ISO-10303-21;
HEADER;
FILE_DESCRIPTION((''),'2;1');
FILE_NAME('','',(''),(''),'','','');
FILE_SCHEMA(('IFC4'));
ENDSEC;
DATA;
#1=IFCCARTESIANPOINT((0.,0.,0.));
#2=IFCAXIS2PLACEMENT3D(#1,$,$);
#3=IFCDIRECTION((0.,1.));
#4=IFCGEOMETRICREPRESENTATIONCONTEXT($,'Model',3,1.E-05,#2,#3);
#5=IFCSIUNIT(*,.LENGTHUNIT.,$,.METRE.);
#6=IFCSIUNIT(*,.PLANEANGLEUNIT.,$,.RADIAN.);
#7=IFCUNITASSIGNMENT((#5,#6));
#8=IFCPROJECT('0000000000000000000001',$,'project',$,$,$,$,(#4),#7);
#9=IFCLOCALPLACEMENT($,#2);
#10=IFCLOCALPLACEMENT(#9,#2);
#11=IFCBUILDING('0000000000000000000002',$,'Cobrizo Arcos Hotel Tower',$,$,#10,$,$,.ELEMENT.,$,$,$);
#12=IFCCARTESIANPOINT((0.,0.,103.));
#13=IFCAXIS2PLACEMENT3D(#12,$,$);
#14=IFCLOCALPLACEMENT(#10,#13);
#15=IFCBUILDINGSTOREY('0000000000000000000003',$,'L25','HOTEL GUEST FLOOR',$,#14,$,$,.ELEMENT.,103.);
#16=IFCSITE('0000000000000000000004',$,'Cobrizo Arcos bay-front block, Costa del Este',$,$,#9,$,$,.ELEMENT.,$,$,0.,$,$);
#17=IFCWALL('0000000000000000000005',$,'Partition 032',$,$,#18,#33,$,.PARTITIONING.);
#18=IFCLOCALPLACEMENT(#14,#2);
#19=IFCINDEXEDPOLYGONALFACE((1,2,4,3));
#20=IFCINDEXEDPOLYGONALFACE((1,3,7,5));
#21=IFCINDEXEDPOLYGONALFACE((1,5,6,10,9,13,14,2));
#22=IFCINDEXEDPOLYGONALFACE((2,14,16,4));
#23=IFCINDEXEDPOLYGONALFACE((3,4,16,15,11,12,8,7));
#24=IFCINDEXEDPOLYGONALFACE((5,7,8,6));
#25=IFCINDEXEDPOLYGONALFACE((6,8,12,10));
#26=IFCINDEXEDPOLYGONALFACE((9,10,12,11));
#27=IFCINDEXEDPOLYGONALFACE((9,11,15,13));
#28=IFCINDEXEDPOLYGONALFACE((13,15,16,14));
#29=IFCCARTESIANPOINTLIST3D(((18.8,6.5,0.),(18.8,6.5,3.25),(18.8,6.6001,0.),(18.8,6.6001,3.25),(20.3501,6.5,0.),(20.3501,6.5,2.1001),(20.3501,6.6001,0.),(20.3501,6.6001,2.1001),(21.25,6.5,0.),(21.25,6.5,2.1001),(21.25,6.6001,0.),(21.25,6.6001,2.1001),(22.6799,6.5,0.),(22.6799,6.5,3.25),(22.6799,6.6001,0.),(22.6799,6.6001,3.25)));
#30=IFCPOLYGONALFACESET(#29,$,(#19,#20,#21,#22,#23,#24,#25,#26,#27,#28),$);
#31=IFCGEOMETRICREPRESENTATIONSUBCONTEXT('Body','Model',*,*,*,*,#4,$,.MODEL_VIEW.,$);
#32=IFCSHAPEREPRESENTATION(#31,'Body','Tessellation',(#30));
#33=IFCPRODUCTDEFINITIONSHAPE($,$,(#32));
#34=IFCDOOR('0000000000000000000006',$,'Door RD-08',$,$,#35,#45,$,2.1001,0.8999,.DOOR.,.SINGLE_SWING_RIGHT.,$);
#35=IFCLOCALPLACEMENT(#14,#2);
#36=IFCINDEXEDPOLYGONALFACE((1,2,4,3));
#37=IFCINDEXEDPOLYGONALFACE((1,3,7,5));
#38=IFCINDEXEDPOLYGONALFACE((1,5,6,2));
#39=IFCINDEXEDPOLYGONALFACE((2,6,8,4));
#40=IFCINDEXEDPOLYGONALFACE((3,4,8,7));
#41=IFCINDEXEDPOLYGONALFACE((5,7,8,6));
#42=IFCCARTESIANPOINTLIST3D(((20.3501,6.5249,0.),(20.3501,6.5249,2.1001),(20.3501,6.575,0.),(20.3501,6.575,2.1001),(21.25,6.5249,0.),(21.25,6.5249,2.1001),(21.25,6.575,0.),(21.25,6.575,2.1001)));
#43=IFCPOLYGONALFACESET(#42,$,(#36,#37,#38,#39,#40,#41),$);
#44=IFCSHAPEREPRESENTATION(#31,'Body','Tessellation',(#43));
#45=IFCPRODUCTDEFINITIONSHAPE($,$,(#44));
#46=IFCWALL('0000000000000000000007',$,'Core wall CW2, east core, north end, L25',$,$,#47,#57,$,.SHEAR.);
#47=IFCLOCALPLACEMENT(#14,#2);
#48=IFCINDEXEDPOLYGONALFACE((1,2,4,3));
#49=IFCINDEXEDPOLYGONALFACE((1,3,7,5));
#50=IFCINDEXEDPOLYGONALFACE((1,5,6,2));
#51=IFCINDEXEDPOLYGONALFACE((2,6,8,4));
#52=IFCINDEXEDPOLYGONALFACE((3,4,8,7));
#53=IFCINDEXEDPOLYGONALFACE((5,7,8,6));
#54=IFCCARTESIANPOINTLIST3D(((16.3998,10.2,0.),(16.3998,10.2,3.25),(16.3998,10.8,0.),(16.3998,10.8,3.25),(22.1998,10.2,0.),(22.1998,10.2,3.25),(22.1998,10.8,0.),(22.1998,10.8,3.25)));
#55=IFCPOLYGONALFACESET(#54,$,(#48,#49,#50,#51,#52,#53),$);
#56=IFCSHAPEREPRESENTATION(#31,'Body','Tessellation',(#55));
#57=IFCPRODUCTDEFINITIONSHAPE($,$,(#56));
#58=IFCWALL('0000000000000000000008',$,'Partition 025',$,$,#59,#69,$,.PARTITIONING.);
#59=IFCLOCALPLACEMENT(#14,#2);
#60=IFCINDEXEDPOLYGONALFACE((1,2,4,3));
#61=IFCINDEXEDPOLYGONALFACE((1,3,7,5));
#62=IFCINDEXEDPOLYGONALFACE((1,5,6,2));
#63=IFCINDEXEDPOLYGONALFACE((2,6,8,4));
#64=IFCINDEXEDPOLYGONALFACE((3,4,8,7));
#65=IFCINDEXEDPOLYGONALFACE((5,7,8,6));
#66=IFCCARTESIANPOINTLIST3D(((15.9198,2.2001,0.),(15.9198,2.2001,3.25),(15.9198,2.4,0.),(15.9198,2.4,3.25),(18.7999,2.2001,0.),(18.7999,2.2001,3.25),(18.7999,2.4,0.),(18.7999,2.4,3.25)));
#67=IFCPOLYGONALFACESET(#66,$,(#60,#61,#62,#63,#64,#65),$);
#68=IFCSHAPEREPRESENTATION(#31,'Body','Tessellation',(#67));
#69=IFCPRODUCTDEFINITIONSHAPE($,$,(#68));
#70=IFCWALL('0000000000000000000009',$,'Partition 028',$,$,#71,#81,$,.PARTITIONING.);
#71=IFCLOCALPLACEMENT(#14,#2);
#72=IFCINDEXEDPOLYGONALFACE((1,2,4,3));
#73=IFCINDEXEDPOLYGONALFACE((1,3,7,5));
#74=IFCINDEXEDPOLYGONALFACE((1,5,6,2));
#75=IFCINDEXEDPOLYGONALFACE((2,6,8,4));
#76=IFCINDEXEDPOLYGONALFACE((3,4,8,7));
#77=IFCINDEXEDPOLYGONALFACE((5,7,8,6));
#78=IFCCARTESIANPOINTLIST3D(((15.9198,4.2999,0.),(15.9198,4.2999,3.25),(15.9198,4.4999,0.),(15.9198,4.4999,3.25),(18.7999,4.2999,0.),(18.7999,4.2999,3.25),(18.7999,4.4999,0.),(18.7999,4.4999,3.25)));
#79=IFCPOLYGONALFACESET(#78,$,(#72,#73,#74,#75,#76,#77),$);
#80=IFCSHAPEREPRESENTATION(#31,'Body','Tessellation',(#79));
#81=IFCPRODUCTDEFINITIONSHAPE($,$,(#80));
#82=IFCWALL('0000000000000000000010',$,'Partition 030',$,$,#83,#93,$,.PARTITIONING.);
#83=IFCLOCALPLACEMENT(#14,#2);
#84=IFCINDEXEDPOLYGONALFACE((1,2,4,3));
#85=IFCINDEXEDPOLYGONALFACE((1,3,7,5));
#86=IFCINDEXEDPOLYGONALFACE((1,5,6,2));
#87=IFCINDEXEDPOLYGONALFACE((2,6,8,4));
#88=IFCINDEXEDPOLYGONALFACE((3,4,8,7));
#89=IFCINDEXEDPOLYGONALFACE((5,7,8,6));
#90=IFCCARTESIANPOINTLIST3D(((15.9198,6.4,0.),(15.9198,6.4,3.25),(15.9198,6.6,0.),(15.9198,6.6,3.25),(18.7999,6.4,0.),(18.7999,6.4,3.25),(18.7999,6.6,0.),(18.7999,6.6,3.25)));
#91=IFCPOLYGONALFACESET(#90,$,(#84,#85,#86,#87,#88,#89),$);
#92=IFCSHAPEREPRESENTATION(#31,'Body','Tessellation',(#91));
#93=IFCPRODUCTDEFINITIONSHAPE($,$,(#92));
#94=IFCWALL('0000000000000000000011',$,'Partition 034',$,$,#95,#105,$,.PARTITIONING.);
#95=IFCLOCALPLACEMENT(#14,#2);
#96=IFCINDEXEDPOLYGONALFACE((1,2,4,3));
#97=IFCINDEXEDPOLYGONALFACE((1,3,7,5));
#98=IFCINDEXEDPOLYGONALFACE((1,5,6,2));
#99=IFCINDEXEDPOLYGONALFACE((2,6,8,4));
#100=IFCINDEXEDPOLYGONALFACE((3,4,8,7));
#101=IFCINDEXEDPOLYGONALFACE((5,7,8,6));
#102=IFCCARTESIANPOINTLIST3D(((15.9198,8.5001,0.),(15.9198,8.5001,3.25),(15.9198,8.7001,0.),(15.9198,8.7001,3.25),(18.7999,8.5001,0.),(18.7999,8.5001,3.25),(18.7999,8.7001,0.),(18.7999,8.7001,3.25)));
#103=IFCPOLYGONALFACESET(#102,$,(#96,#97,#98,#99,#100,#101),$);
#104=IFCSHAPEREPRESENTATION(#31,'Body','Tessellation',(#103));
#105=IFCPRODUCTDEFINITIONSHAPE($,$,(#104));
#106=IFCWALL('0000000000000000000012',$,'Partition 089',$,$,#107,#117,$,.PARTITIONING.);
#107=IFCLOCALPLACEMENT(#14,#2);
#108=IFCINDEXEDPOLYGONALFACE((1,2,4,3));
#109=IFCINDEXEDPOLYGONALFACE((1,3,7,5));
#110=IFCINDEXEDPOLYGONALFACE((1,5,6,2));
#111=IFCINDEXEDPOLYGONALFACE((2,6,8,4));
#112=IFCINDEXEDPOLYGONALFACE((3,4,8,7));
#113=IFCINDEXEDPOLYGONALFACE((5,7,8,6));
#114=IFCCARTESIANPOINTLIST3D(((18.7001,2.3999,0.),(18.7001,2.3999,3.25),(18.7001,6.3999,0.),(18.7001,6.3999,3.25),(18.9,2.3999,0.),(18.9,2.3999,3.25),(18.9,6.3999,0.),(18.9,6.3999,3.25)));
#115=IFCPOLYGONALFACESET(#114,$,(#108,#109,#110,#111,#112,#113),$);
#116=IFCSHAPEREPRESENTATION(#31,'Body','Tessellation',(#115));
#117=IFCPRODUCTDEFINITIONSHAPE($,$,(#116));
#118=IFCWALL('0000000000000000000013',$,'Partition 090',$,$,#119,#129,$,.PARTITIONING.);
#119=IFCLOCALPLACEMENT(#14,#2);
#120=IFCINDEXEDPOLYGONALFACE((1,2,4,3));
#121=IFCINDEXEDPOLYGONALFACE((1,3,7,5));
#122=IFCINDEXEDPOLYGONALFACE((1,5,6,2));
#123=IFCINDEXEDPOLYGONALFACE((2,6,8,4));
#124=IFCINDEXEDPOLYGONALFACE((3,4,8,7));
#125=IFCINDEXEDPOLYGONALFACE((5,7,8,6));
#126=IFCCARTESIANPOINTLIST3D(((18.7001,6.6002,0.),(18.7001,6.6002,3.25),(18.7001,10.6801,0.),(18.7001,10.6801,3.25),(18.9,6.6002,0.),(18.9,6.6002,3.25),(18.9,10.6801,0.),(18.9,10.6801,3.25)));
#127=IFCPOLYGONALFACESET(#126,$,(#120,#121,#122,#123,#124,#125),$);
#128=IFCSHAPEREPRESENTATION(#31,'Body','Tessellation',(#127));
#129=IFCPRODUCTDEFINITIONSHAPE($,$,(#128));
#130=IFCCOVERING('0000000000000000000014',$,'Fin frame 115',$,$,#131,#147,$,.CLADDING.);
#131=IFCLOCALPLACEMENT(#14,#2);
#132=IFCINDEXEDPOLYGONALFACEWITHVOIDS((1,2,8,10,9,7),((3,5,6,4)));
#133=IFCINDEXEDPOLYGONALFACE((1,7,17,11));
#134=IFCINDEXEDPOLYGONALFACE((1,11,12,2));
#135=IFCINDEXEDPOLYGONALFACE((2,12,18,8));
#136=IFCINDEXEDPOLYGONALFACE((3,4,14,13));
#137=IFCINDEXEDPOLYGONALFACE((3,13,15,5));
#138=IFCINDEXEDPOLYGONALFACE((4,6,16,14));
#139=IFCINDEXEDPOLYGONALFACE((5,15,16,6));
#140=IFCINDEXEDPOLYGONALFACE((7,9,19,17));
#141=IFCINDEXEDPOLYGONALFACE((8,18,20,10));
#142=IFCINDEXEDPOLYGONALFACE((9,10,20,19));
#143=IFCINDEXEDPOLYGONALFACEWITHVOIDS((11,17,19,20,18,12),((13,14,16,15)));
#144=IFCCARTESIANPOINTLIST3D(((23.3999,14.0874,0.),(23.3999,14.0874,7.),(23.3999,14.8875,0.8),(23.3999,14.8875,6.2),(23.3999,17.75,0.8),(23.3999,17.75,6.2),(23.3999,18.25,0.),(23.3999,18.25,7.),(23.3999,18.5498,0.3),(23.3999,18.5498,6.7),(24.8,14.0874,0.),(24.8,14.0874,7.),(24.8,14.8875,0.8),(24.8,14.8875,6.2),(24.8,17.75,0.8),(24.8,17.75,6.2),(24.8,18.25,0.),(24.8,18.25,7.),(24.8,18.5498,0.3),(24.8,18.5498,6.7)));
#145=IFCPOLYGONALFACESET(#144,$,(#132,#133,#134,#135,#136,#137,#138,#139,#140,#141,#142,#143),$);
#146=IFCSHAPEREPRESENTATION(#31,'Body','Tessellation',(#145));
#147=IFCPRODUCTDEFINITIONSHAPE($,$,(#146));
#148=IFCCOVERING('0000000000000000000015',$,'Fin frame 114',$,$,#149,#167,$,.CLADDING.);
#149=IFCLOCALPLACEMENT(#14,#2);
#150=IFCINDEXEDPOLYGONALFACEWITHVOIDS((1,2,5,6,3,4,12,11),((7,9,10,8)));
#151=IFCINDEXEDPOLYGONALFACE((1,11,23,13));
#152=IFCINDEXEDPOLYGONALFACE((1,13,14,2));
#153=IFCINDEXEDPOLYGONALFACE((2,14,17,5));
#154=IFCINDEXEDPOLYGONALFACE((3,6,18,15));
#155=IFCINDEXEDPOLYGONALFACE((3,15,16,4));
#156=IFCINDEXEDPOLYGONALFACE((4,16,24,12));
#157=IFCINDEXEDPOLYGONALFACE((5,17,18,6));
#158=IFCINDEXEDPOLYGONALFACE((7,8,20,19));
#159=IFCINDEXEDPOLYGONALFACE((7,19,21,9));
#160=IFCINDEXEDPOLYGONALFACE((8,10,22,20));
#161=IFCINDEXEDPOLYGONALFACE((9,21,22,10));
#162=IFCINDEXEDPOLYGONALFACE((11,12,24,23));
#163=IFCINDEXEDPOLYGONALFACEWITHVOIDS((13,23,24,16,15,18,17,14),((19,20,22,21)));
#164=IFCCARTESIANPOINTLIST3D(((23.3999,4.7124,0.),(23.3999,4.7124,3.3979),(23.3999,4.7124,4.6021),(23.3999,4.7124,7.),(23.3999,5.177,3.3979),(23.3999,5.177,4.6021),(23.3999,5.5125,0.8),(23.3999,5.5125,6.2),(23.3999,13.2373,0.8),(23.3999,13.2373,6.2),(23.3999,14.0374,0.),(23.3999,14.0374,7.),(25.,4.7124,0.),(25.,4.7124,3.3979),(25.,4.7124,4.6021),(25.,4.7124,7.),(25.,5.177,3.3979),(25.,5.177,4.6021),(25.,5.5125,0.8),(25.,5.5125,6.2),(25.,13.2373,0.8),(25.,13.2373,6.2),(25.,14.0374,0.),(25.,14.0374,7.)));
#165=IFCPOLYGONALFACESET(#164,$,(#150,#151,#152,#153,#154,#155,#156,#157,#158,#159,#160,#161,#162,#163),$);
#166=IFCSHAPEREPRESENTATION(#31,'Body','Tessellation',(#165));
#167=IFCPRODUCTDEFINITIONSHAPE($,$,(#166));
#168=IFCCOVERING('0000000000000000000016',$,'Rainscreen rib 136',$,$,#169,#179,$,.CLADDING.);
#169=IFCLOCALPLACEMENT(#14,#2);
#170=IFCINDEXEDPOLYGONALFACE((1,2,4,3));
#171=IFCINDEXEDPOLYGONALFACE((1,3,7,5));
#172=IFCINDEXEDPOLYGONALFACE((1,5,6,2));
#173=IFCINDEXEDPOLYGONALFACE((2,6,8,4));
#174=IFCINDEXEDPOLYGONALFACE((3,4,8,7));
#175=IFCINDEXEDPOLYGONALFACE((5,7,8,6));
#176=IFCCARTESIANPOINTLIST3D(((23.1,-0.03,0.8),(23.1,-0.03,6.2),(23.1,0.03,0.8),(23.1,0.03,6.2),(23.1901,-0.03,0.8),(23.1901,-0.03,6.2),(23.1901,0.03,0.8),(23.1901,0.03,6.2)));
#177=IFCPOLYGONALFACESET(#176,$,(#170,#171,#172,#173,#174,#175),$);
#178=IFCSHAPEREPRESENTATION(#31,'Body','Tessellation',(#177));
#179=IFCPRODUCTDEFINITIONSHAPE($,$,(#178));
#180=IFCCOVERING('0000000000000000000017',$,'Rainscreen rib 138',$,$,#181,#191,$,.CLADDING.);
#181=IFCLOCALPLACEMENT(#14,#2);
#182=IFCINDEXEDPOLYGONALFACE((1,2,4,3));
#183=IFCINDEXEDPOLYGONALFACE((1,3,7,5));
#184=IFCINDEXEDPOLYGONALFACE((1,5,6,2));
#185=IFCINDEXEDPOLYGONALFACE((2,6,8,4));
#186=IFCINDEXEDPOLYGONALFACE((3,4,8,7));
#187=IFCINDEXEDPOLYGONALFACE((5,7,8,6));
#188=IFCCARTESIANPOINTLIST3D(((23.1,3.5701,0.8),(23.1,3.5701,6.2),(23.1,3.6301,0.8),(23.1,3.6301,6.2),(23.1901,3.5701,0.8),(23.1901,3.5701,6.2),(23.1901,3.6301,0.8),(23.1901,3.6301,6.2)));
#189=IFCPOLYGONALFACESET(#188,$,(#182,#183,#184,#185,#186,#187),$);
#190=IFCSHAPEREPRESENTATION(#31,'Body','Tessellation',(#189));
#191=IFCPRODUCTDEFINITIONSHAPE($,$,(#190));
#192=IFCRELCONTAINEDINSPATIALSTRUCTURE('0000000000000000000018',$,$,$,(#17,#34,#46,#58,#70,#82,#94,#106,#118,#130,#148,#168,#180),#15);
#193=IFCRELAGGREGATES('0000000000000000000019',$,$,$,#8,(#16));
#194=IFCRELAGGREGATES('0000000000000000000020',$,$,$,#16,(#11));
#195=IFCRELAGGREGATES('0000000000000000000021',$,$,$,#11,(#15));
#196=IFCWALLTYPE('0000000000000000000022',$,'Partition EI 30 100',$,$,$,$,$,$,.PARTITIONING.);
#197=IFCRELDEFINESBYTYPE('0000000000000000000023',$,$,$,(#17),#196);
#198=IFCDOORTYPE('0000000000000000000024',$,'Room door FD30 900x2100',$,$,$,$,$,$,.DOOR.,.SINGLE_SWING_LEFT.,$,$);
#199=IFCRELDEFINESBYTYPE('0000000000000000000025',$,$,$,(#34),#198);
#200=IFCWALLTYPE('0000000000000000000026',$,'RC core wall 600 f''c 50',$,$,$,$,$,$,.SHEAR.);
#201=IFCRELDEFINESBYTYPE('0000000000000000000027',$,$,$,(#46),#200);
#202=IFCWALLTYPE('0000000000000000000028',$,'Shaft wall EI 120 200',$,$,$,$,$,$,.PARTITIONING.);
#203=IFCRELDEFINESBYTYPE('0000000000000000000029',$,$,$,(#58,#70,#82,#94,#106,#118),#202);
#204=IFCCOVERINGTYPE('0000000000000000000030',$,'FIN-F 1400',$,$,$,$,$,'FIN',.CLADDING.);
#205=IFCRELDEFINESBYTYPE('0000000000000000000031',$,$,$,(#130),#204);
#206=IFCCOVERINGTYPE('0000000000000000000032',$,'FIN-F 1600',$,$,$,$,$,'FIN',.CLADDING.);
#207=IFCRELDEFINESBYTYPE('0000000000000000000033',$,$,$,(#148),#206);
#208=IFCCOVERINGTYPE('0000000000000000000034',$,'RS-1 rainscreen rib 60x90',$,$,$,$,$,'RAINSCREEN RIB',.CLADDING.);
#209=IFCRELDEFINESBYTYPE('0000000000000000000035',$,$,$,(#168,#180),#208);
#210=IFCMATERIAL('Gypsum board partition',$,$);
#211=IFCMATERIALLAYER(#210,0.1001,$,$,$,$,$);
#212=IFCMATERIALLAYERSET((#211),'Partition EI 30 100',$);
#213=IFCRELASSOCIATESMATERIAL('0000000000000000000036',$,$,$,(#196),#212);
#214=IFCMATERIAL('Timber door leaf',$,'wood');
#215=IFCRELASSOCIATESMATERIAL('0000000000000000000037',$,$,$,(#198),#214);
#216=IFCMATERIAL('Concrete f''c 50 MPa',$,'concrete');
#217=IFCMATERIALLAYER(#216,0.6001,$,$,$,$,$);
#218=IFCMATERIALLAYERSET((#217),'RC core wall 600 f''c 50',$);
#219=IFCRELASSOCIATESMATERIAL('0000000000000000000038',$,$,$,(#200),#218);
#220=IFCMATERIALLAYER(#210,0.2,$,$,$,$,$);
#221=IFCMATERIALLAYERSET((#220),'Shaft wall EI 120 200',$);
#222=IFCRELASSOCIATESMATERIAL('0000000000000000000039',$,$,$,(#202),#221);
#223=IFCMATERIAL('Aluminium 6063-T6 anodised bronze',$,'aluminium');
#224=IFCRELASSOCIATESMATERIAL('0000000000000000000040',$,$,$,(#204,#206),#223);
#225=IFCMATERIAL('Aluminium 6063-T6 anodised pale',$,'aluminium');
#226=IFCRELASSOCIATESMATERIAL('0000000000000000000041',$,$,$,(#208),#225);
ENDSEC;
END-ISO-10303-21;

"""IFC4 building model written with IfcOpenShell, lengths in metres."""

from ifc_helpers import new_model, si_unit, direction, frame, frame_2d, origin, origin_2d, place, context, subcontext, project, spatial, polyline, rectangle, outline, extrude, material, layer, layer_set, type_object, element, fill, save


model = new_model("IFC4")

# Units and contexts
model_context = context("Model", 3, precision=1e-05, world=origin(), true_north=direction((0.0, 1.0)))
body_context = subcontext(model_context, "Body", "Model", "MODEL_VIEW")
ifc_project = project(units=[si_unit("LENGTHUNIT", "METRE"), si_unit("PLANEANGLEUNIT", "RADIAN")], contexts=[model_context])

# Site, building, storey
site_placement = place(None, origin())
site = spatial("IfcSite", under=ifc_project, at=site_placement, Name="Cobrizo Arcos bay-front block, Costa del Este", CompositionType="ELEMENT", RefElevation=0.0)
building_placement = place(site_placement, origin())
building = spatial("IfcBuilding", under=site, at=building_placement, Name="Cobrizo Arcos Hotel Tower", CompositionType="ELEMENT")
storey_placement = place(building_placement, frame((0.0, 0.0, 103.0)))
storey = spatial("IfcBuildingStorey", under=building, at=storey_placement, Name="L25", Description="HOTEL GUEST FLOOR", CompositionType="ELEMENT", Elevation=103.0)

# Shared definitions
ifc_material_1 = material(Name="Aluminium 6063-T6 anodised bronze", Category="aluminium")

# Wall, opening, door
ifc_material_2 = material(Name="Gypsum board partition")
ifc_layer_1 = layer(ifc_material_2, 0.1001)
ifc_layer_set_1 = layer_set([ifc_layer_1], Name="Partition EI 30 100")
wall_type_1 = type_object("IfcWallType", Name="Partition EI 30 100", PredefinedType="PARTITIONING", material=ifc_layer_set_1)
ifc_material_3 = material(Name="Timber door leaf", Category="wood")
door_type = type_object("IfcDoorType", Name="Room door FD30 900x2100", OperationType="SINGLE_SWING_LEFT", PredefinedType="DOOR", material=ifc_material_3)
wall_1_placement = place(storey_placement, frame((18.8, 6.55, 0.0), z_axis=(0.0, 0.0, 1.0), x_axis=(1.0, 0.0, 0.0)))
wall_1 = element("IfcWall", 1, at=wall_1_placement, inside=storey, type_object=wall_type_1, Name="Partition 032", PredefinedType="PARTITIONING", context=body_context, shape_type="SweptSolid", body=[
    extrude(rectangle(XDim=3.8799, YDim=0.1001, at=frame_2d((1.9399, 0.0))), origin(), (0.0, 0.0, 1.0), 3.25),
])
opening_1_placement = place(wall_1_placement, frame((1.55, 0.0, 0.0)))
opening_1 = element("IfcOpeningElement", 2, at=opening_1_placement, cuts=wall_1, PredefinedType="OPENING", context=body_context, shape_type="SweptSolid", body=[
    extrude(rectangle(XDim=0.8999, YDim=2.1001, at=frame_2d((0.45, 1.05))), frame((0.0, 0.062, 0.0), z_axis=(0.0, -1.0, 0.0), x_axis=(1.0, 0.0, 0.0)), (0.0, 0.0, 1.0), 0.124),
])
door_1_placement = place(opening_1_placement, origin())
door_1 = element("IfcDoor", 3, at=door_1_placement, inside=storey, type_object=door_type, Name="Door RD-08", OperationType="SINGLE_SWING_RIGHT", OverallHeight=2.1001, OverallWidth=0.8999, PredefinedType="DOOR", context=body_context, shape_type="SweptSolid", body=[
    extrude(rectangle(XDim=0.8999, YDim=2.1001, at=frame_2d((0.45, 1.05))), frame((0.0, 0.0249, 0.0), z_axis=(0.0, -1.0, 0.0), x_axis=(1.0, 0.0, 0.0)), (0.0, 0.0, 1.0), 0.05),
])
fill(opening_1, door_1)

# Walls
ifc_material_4 = material(Name="Concrete f'c 50 MPa", Category="concrete")
ifc_layer_2 = layer(ifc_material_4, 0.6001)
ifc_layer_set_2 = layer_set([ifc_layer_2], Name="RC core wall 600 f'c 50")
wall_type_2 = type_object("IfcWallType", Name="RC core wall 600 f'c 50", PredefinedType="SHEAR", material=ifc_layer_set_2)
wall_2_placement = place(storey_placement, frame((16.3999, 10.5, 0.0), z_axis=(0.0, 0.0, 1.0), x_axis=(1.0, 0.0, 0.0)))
element("IfcWall", 4, at=wall_2_placement, inside=storey, type_object=wall_type_2, Name="Core wall CW2, east core, north end, L25", PredefinedType="SHEAR", context=body_context, shape_type="SweptSolid", body=[
    extrude(rectangle(XDim=5.8, YDim=0.6001, at=frame_2d((2.8999, 0.0))), origin(), (0.0, 0.0, 1.0), 3.25),
])
ifc_layer_3 = layer(ifc_material_2, 0.2)
ifc_layer_set_3 = layer_set([ifc_layer_3], Name="Shaft wall EI 120 200")
wall_type_3 = type_object("IfcWallType", Name="Shaft wall EI 120 200", PredefinedType="PARTITIONING", material=ifc_layer_set_3)
for number, where, z_axis, x_axis, name in (
    (5, (15.9199, 2.3, 0.0), (0.0, 0.0, 1.0), (1.0, 0.0, 0.0), "Partition 025"),
    (6, (15.9199, 4.3999, 0.0), (0.0, 0.0, 1.0), (1.0, 0.0, 0.0), "Partition 028"),
    (7, (15.9199, 6.5, 0.0), (0.0, 0.0, 1.0), (1.0, 0.0, 0.0), "Partition 030"),
    (8, (15.9199, 8.6001, 0.0), (0.0, 0.0, 1.0), (1.0, 0.0, 0.0), "Partition 034"),
):
    element("IfcWall", number, at=place(storey_placement, frame(where, z_axis=z_axis, x_axis=x_axis)), inside=storey, type_object=wall_type_3, Name=name, PredefinedType="PARTITIONING", context=body_context, shape_type="SweptSolid", body=[
        extrude(rectangle(XDim=2.8801, YDim=0.2, at=frame_2d((1.4399, 0.0))), origin(), (0.0, 0.0, 1.0), 3.25),
    ])
wall_3_placement = place(storey_placement, frame((18.8, 2.3999, 0.0), z_axis=(0.0, 0.0, 1.0), x_axis=(0.0, 1.0, 0.0)))
element("IfcWall", 9, at=wall_3_placement, inside=storey, type_object=wall_type_3, Name="Partition 089", PredefinedType="PARTITIONING", context=body_context, shape_type="SweptSolid", body=[
    extrude(rectangle(XDim=4.0, YDim=0.2, at=frame_2d((2.0, 0.0))), origin(), (0.0, 0.0, 1.0), 3.25),
])
wall_4_placement = place(storey_placement, frame((18.8, 6.6001, 0.0), z_axis=(0.0, 0.0, 1.0), x_axis=(0.0, 1.0, 0.0)))
element("IfcWall", 10, at=wall_4_placement, inside=storey, type_object=wall_type_3, Name="Partition 090", PredefinedType="PARTITIONING", context=body_context, shape_type="SweptSolid", body=[
    extrude(rectangle(XDim=4.0798, YDim=0.2, at=frame_2d((2.04, 0.0))), origin(), (0.0, 0.0, 1.0), 3.25),
])

# Coverings
covering_type_1 = type_object("IfcCoveringType", Name="FIN-F 1400", ElementType="FIN", PredefinedType="CLADDING", material=ifc_material_1)
covering_1_placement = place(storey_placement, frame((23.3999, 14.0874, 0.0), z_axis=(1.0, 0.0, 0.0), x_axis=(0.0, 1.0, 0.0)))
element("IfcCovering", 11, at=covering_1_placement, inside=storey, type_object=covering_type_1, Name="Fin frame 115", PredefinedType="CLADDING", context=body_context, shape_type="SweptSolid", body=[
    extrude(outline(polyline([(0.0, 7.0), (0.0, 0.0), (4.1626, 0.0), (4.4624, 0.3), (4.4624, 6.7), (4.1626, 7.0), (0.0, 7.0)]), holes=[polyline([(3.6626, 0.8), (0.8, 0.8), (0.8, 6.2), (3.6626, 6.2), (3.6626, 0.8)])]), origin(), (0.0, 0.0, 1.0), 1.4001),
])
covering_type_2 = type_object("IfcCoveringType", Name="FIN-F 1600", ElementType="FIN", PredefinedType="CLADDING", material=ifc_material_1)
covering_2_placement = place(storey_placement, frame((23.3999, 4.7124, 0.0), z_axis=(1.0, 0.0, 0.0), x_axis=(0.0, 1.0, 0.0)))
element("IfcCovering", 12, at=covering_2_placement, inside=storey, type_object=covering_type_2, Name="Fin frame 114", PredefinedType="CLADDING", context=body_context, shape_type="SweptSolid", body=[
    extrude(outline(polyline([(0.0, 7.0), (0.0, 4.6021), (0.4646, 4.6021), (0.4646, 3.3979), (0.0, 3.3979), (0.0, 0.0), (9.325, 0.0), (9.325, 7.0), (0.0, 7.0)]), holes=[polyline([(8.5249, 0.8), (0.8, 0.8), (0.8, 6.2), (8.5249, 6.2), (8.5249, 0.8)])]), origin(), (0.0, 0.0, 1.0), 1.6001),
])
ifc_material_5 = material(Name="Aluminium 6063-T6 anodised pale", Category="aluminium")
covering_type_3 = type_object("IfcCoveringType", Name="RS-1 rainscreen rib 60x90", ElementType="RAINSCREEN RIB", PredefinedType="CLADDING", material=ifc_material_5)
for number, where, z_axis, x_axis, name in (
    (13, (23.145, 0.0, 0.8), (0.0, 0.0, 1.0), (0.0, 1.0, 0.0), "Rainscreen rib 136"),
    (14, (23.145, 3.6001, 0.8), (0.0, 0.0, 1.0), (0.0, 1.0, 0.0), "Rainscreen rib 138"),
):
    element("IfcCovering", number, at=place(storey_placement, frame(where, z_axis=z_axis, x_axis=x_axis)), inside=storey, type_object=covering_type_3, Name=name, PredefinedType="CLADDING", context=body_context, shape_type="SweptSolid", body=[
        extrude(rectangle(XDim=0.0601, YDim=0.0901, at=origin_2d()), origin(), (0.0, 0.0, 1.0), 5.3999),
    ])

save(model, "model.ifc")
